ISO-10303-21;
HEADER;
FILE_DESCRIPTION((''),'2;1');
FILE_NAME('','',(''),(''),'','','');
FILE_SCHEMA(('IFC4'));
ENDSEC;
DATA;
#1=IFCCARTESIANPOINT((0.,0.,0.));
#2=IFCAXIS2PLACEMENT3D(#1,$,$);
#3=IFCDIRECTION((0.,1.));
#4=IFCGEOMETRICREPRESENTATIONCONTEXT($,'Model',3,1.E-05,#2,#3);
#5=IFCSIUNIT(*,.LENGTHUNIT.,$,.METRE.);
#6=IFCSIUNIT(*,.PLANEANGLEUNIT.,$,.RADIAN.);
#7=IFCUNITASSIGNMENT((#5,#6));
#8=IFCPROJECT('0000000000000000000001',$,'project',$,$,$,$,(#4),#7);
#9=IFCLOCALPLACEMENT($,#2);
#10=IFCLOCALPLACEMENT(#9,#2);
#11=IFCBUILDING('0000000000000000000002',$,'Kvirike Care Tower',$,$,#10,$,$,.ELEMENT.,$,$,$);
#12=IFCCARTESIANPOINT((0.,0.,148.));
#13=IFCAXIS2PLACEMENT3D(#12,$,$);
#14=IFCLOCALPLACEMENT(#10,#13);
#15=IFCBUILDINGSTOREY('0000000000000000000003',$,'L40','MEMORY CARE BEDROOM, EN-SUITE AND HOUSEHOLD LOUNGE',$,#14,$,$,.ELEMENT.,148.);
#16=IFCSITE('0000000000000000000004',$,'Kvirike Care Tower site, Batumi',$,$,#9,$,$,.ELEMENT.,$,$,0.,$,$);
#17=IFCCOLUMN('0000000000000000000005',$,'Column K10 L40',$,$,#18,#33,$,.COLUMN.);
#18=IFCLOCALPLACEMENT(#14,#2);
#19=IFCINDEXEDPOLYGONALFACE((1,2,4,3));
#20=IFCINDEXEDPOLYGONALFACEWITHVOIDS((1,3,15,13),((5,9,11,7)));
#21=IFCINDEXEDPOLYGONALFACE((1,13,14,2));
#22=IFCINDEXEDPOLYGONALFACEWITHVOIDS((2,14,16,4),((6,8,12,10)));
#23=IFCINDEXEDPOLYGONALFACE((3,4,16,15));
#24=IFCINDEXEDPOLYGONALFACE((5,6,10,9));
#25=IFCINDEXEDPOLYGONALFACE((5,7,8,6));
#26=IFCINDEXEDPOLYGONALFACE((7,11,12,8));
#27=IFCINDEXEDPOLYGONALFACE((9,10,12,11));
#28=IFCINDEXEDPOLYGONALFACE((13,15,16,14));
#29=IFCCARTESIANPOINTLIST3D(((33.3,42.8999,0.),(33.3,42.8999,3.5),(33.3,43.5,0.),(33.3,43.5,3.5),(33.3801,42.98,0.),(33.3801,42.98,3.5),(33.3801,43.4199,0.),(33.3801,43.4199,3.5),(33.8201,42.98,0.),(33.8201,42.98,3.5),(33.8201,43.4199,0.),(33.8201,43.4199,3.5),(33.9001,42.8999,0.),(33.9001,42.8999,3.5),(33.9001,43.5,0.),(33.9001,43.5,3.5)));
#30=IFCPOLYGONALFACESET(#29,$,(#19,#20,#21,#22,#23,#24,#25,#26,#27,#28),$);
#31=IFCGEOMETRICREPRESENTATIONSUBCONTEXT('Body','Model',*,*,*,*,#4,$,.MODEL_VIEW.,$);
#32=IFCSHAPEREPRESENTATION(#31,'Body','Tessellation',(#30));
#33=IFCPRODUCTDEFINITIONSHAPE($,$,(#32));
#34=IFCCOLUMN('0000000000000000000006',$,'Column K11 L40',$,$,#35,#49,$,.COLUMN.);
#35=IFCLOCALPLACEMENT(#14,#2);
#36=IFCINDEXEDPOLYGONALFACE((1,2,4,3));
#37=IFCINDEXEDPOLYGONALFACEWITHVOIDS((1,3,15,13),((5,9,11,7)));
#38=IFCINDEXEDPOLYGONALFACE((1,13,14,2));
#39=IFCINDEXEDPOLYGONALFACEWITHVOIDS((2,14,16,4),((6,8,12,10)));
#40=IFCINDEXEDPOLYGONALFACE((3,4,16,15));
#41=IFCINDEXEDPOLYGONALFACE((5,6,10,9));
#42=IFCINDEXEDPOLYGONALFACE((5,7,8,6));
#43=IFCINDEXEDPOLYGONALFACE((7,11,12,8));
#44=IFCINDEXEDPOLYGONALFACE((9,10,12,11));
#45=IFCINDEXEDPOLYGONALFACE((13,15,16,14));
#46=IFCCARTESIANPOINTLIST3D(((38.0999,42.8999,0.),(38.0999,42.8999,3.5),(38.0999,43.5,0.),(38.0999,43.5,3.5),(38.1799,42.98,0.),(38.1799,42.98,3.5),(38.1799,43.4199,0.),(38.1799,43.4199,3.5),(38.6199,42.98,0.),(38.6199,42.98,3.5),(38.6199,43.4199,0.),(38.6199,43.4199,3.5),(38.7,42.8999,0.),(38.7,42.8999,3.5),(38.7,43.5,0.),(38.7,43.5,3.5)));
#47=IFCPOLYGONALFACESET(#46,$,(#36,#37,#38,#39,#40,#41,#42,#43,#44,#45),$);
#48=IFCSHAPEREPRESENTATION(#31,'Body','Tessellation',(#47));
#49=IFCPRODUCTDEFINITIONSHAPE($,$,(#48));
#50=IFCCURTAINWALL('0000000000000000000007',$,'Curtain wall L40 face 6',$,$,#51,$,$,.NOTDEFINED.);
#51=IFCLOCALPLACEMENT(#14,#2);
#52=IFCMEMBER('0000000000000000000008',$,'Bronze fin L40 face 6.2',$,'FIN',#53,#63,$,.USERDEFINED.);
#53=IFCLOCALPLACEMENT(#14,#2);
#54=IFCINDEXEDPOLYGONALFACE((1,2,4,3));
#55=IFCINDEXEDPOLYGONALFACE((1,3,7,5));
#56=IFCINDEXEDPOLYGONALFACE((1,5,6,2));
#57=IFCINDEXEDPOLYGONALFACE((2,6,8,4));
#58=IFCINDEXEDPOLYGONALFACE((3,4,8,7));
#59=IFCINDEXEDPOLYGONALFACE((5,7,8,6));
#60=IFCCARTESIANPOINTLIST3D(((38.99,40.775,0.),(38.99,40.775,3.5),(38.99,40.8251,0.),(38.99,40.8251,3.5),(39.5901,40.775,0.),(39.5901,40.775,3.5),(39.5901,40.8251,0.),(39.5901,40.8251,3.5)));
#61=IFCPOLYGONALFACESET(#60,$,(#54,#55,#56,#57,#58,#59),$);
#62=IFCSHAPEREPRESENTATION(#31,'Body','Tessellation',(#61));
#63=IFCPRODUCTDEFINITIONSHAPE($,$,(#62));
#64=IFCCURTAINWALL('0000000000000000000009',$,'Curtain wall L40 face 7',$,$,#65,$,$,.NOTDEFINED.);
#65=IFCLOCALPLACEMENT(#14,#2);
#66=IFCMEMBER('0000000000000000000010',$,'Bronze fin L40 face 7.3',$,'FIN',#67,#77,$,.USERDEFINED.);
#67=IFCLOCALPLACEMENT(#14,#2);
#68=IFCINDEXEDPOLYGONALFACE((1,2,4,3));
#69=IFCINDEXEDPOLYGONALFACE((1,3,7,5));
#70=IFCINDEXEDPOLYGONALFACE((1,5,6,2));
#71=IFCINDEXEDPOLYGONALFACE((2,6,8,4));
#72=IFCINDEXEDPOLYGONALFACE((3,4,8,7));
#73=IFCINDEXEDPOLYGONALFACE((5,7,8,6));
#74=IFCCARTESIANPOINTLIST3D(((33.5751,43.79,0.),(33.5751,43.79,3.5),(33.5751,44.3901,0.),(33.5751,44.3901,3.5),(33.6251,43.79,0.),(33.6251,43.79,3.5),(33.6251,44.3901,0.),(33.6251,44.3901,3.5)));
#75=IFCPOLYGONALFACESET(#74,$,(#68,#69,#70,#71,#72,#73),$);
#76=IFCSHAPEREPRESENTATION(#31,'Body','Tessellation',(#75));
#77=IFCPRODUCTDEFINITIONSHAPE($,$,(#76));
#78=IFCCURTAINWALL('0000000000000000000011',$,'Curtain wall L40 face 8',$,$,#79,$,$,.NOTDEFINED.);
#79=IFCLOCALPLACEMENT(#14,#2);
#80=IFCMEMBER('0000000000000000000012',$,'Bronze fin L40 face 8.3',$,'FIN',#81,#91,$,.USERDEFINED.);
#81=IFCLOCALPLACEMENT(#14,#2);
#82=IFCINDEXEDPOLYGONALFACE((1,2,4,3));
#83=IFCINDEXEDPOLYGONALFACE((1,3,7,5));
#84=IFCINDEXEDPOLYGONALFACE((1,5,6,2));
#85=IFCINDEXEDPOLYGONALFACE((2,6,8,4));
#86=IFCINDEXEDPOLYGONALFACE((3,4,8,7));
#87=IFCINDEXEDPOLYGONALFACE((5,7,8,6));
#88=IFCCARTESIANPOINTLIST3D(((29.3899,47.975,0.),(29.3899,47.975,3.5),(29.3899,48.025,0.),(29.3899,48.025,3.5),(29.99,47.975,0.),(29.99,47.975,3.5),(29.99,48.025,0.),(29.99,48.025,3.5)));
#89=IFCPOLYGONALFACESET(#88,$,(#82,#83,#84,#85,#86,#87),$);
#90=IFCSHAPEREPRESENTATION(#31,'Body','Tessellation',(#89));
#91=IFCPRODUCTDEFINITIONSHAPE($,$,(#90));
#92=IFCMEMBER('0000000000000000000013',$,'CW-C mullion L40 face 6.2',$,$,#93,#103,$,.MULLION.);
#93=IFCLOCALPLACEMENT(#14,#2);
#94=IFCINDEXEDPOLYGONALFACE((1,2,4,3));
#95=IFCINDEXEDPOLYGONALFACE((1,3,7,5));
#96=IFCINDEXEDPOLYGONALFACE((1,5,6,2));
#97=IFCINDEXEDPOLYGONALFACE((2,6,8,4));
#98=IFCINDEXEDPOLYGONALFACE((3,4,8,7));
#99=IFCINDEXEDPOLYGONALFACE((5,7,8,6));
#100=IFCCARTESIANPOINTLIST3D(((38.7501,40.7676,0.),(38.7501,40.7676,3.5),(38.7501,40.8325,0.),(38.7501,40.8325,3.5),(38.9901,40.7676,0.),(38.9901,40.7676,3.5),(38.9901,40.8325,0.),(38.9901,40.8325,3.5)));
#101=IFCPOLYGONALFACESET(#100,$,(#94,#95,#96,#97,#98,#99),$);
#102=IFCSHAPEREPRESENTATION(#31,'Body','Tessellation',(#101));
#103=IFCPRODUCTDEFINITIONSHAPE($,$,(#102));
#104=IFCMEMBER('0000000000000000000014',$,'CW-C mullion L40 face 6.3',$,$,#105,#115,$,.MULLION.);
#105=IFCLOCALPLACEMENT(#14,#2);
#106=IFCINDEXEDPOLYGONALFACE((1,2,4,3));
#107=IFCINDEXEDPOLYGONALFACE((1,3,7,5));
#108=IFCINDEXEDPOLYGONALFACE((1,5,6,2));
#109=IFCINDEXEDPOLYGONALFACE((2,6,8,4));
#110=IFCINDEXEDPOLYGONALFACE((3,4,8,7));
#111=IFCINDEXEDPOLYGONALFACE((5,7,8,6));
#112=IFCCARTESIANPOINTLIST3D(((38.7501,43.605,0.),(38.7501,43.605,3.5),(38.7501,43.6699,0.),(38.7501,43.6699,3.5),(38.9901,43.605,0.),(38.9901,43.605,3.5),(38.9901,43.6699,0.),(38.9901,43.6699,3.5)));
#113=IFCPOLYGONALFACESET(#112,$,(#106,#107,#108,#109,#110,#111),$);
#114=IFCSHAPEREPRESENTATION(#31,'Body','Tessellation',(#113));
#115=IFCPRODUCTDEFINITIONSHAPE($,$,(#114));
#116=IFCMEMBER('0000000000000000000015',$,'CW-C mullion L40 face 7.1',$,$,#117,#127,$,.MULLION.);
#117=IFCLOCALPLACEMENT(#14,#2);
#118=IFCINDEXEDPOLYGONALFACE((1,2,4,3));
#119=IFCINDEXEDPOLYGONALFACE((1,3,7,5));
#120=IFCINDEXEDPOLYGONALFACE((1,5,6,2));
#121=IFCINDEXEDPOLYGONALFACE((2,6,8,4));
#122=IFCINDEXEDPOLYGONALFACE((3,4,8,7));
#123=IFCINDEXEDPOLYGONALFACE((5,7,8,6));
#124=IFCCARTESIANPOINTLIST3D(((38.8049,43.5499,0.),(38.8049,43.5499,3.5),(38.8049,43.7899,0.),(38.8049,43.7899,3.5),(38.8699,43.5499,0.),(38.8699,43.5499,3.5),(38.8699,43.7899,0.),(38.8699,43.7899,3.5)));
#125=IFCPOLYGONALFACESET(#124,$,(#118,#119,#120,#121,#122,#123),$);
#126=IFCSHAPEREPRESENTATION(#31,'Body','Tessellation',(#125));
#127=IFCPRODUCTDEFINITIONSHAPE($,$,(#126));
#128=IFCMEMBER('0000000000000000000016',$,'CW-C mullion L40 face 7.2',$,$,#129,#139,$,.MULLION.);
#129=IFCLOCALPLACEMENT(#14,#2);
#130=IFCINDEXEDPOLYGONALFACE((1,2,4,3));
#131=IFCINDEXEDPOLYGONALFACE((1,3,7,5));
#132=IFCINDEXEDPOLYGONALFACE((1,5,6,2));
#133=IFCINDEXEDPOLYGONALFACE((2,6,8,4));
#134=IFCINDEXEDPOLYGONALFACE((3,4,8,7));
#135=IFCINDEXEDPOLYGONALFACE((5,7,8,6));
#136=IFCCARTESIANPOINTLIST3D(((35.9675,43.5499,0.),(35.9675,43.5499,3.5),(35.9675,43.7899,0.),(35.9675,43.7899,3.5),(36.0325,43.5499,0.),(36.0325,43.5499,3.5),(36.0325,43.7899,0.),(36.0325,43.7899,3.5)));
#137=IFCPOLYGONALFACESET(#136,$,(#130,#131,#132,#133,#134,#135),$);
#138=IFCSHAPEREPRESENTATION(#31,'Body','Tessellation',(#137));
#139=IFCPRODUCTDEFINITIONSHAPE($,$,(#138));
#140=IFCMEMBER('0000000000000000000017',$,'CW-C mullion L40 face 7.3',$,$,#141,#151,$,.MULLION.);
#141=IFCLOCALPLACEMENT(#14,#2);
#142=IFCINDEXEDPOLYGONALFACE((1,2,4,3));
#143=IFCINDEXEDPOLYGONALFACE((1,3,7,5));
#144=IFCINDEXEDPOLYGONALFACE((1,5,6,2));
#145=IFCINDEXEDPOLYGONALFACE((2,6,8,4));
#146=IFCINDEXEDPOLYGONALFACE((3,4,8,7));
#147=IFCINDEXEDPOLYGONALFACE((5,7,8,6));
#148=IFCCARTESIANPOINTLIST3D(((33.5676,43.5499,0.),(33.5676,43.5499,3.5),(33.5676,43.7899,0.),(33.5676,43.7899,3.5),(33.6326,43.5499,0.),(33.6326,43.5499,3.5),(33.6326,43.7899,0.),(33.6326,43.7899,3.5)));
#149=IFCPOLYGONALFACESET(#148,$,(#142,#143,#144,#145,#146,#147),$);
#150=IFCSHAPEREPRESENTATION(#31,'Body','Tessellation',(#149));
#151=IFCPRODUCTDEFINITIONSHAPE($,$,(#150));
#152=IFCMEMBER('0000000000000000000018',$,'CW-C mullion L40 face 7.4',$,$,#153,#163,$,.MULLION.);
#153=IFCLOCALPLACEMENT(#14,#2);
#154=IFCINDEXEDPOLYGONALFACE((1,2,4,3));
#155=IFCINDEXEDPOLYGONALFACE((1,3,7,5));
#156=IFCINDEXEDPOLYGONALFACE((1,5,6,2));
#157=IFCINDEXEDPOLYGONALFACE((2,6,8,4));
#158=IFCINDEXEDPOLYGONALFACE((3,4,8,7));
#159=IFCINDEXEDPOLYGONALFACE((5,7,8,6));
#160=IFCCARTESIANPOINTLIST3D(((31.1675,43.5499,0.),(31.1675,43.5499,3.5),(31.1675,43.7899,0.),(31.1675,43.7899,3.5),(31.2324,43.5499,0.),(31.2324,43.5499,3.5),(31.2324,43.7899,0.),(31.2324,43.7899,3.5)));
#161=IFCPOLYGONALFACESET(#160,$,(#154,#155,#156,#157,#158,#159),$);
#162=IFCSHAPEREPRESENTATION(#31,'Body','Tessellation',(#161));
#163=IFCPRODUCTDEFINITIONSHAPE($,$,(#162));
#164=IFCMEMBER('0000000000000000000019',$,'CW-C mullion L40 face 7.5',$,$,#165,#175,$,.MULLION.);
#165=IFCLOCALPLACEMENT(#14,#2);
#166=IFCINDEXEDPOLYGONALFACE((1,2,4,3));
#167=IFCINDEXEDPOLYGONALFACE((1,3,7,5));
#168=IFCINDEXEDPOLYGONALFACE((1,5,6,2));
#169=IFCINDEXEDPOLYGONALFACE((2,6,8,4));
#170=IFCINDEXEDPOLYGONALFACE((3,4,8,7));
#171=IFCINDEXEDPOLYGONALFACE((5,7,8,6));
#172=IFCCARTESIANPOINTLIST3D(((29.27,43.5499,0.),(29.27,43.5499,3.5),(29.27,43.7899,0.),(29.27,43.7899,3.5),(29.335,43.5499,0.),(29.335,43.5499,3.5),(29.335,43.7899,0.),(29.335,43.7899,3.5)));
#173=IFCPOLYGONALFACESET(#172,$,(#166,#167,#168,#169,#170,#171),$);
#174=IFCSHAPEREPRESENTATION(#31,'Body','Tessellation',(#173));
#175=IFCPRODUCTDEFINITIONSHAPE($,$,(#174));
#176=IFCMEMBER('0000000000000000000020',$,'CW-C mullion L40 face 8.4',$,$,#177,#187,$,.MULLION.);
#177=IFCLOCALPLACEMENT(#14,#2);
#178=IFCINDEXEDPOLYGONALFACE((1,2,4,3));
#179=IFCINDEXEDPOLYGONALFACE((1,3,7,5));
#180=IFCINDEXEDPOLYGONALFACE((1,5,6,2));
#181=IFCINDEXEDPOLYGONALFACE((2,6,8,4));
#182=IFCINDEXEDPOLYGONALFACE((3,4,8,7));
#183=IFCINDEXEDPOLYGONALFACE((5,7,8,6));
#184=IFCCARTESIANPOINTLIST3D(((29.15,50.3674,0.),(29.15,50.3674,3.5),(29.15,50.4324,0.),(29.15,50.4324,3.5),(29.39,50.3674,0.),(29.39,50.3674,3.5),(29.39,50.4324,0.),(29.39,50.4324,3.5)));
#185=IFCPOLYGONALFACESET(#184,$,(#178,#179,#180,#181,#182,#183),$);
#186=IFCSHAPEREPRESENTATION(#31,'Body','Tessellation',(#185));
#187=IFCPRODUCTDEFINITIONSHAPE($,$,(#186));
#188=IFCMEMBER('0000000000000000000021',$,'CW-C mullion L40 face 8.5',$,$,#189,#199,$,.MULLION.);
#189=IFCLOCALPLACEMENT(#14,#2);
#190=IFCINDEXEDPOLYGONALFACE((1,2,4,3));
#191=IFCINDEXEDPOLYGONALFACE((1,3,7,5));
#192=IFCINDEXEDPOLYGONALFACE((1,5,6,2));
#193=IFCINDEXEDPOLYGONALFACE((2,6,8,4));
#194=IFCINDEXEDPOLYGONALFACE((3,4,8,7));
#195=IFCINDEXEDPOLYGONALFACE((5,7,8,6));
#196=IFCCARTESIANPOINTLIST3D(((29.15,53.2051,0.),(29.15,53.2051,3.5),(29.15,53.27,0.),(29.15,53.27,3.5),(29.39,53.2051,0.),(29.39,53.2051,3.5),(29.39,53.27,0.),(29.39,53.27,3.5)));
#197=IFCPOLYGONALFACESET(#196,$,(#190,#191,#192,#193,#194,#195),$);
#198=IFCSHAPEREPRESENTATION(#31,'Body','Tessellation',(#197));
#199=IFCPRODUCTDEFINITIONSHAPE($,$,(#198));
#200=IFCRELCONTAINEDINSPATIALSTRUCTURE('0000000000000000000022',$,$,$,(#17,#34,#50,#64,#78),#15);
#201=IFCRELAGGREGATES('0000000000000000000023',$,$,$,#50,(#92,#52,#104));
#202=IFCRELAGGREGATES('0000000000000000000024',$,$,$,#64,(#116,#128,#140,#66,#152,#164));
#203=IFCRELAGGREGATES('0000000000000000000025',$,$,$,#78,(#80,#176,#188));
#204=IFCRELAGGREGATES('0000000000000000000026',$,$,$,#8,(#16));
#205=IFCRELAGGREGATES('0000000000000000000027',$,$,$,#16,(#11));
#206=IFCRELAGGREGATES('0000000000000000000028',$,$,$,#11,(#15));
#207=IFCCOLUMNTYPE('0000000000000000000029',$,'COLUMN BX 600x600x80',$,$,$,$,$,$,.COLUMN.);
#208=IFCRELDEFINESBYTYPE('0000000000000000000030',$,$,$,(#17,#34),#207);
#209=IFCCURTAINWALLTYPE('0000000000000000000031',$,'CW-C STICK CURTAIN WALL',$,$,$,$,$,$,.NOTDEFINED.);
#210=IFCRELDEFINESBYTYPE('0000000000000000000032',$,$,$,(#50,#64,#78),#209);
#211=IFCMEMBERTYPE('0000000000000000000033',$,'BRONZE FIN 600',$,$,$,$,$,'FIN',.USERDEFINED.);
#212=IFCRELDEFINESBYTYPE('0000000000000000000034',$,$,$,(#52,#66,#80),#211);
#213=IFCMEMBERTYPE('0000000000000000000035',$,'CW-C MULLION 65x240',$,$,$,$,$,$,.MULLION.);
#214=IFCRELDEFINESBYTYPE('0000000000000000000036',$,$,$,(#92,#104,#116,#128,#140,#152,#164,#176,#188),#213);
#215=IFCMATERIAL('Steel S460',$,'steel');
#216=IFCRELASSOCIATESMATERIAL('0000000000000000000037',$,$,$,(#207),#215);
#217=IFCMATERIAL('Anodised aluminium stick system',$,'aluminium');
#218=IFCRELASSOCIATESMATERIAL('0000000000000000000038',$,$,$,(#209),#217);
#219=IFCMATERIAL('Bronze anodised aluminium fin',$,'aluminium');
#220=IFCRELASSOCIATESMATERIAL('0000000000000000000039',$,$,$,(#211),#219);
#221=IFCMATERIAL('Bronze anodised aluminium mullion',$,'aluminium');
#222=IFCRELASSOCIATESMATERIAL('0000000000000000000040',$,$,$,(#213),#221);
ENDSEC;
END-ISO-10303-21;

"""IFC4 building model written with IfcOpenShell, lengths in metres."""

from ifc_helpers import new_model, si_unit, direction, frame, origin, origin_2d, place, context, subcontext, project, spatial, rectangle, hollow_rectangle, extrude, material, material_profile, profile_set, type_object, element, aggregate, save


model = new_model("IFC4")

# Units and contexts
model_context = context("Model", 3, precision=1e-05, world=origin(), true_north=direction((0.0, 1.0)))
body_context = subcontext(model_context, "Body", "Model", "MODEL_VIEW")
ifc_project = project(units=[si_unit("LENGTHUNIT", "METRE"), si_unit("PLANEANGLEUNIT", "RADIAN")], contexts=[model_context])

# Site, building, storey
site_placement = place(None, origin())
site = spatial("IfcSite", under=ifc_project, at=site_placement, Name="Kvirike Care Tower site, Batumi", CompositionType="ELEMENT", RefElevation=0.0)
building_placement = place(site_placement, origin())
building = spatial("IfcBuilding", under=site, at=building_placement, Name="Kvirike Care Tower", CompositionType="ELEMENT")
storey_placement = place(building_placement, frame((0.0, 0.0, 148.0)))
storey = spatial("IfcBuildingStorey", under=building, at=storey_placement, Name="L40", Description="MEMORY CARE BEDROOM, EN-SUITE AND HOUSEHOLD LOUNGE", CompositionType="ELEMENT", Elevation=148.0)

# Columns
ifc_material_1 = material(Name="Steel S460", Category="steel")
ifc_material_profile_1 = material_profile(ifc_material_1, hollow_rectangle(XDim=0.6001, YDim=0.6001, WallThickness=0.0801, at=origin_2d()), Name="BX 600x600x80")
ifc_profile_set_1 = profile_set([ifc_material_profile_1], Name="Steel S460")
column_type = type_object("IfcColumnType", Name="COLUMN BX 600x600x80", PredefinedType="COLUMN", material=ifc_profile_set_1)
for number, where, z_axis, x_axis, name in (
    (1, (33.6001, 43.2, 0.0), (0.0, 0.0, 1.0), (0.0, 1.0, 0.0), "Column K10 L40"),
    (2, (38.3999, 43.2, 0.0), (0.0, 0.0, 1.0), (0.0, 1.0, 0.0), "Column K11 L40"),
):
    element("IfcColumn", number, at=place(storey_placement, frame(where, z_axis=z_axis, x_axis=x_axis)), inside=storey, type_object=column_type, Name=name, PredefinedType="COLUMN", context=body_context, shape_type="SweptSolid", body=[
        extrude(hollow_rectangle(XDim=0.6001, YDim=0.6001, WallThickness=0.0801, at=origin_2d()), origin(), (0.0, 0.0, 1.0), 3.5),
    ])

# Curtain walls, members
ifc_material_2 = material(Name="Anodised aluminium stick system", Category="aluminium")
curtain_wall_type = type_object("IfcCurtainWallType", Name="CW-C STICK CURTAIN WALL", PredefinedType="NOTDEFINED", material=ifc_material_2)
curtain_wall_1_placement = place(storey_placement, origin())
curtain_wall_1 = element("IfcCurtainWall", 3, at=curtain_wall_1_placement, inside=storey, type_object=curtain_wall_type, Name="Curtain wall L40 face 6", PredefinedType="NOTDEFINED")
ifc_material_3 = material(Name="Bronze anodised aluminium fin", Category="aluminium")
ifc_material_profile_2 = material_profile(ifc_material_3, rectangle(XDim=0.05, YDim=0.6001, at=origin_2d()), Name="BRONZE FIN 600")
ifc_profile_set_2 = profile_set([ifc_material_profile_2], Name="Bronze anodised aluminium fin")
member_type_1 = type_object("IfcMemberType", Name="BRONZE FIN 600", ElementType="FIN", PredefinedType="USERDEFINED", material=ifc_profile_set_2)
member_1_placement = place(storey_placement, frame((39.29, 40.8, 0.0), z_axis=(0.0, 0.0, 1.0), x_axis=(0.0, 1.0, 0.0)))
member_1 = element("IfcMember", 4, at=member_1_placement, type_object=member_type_1, Name="Bronze fin L40 face 6.2", ObjectType="FIN", PredefinedType="USERDEFINED", context=body_context, shape_type="SweptSolid", body=[
    extrude(rectangle(XDim=0.05, YDim=0.6001, at=origin_2d()), origin(), (0.0, 0.0, 1.0), 3.5),
])
curtain_wall_2_placement = place(storey_placement, origin())
curtain_wall_2 = element("IfcCurtainWall", 5, at=curtain_wall_2_placement, inside=storey, type_object=curtain_wall_type, Name="Curtain wall L40 face 7", PredefinedType="NOTDEFINED")
member_2_placement = place(storey_placement, frame((33.6001, 44.0901, 0.0), z_axis=(0.0, 0.0, 1.0), x_axis=(-1.0, 0.0, 0.0)))
member_2 = element("IfcMember", 6, at=member_2_placement, type_object=member_type_1, Name="Bronze fin L40 face 7.3", ObjectType="FIN", PredefinedType="USERDEFINED", context=body_context, shape_type="SweptSolid", body=[
    extrude(rectangle(XDim=0.05, YDim=0.6001, at=origin_2d()), origin(), (0.0, 0.0, 1.0), 3.5),
])
curtain_wall_3_placement = place(storey_placement, origin())
curtain_wall_3 = element("IfcCurtainWall", 7, at=curtain_wall_3_placement, inside=storey, type_object=curtain_wall_type, Name="Curtain wall L40 face 8", PredefinedType="NOTDEFINED")
member_3_placement = place(storey_placement, frame((29.6899, 48.0, 0.0), z_axis=(0.0, 0.0, 1.0), x_axis=(0.0, 1.0, 0.0)))
member_3 = element("IfcMember", 8, at=member_3_placement, type_object=member_type_1, Name="Bronze fin L40 face 8.3", ObjectType="FIN", PredefinedType="USERDEFINED", context=body_context, shape_type="SweptSolid", body=[
    extrude(rectangle(XDim=0.05, YDim=0.6001, at=origin_2d()), origin(), (0.0, 0.0, 1.0), 3.5),
])

# Members
ifc_material_4 = material(Name="Bronze anodised aluminium mullion", Category="aluminium")
ifc_material_profile_3 = material_profile(ifc_material_4, rectangle(XDim=0.0649, YDim=0.24, at=origin_2d()), Name="CW-C MULLION 65x240")
ifc_profile_set_3 = profile_set([ifc_material_profile_3], Name="Bronze anodised aluminium mullion")
member_type_2 = type_object("IfcMemberType", Name="CW-C MULLION 65x240", PredefinedType="MULLION", material=ifc_profile_set_3)
member_4_placement = place(storey_placement, frame((38.8701, 40.8, 0.0), z_axis=(0.0, 0.0, 1.0), x_axis=(0.0, 1.0, 0.0)))
member_4 = element("IfcMember", 9, at=member_4_placement, type_object=member_type_2, Name="CW-C mullion L40 face 6.2", PredefinedType="MULLION", context=body_context, shape_type="SweptSolid", body=[
    extrude(rectangle(XDim=0.0649, YDim=0.24, at=origin_2d()), origin(), (0.0, 0.0, 1.0), 3.5),
])
member_5_placement = place(storey_placement, frame((38.8701, 43.6375, 0.0), z_axis=(0.0, 0.0, 1.0), x_axis=(0.0, 1.0, 0.0)))
member_5 = element("IfcMember", 10, at=member_5_placement, type_object=member_type_2, Name="CW-C mullion L40 face 6.3", PredefinedType="MULLION", context=body_context, shape_type="SweptSolid", body=[
    extrude(rectangle(XDim=0.0649, YDim=0.24, at=origin_2d()), origin(), (0.0, 0.0, 1.0), 3.5),
])
member_6_placement = place(storey_placement, frame((38.8374, 43.6699, 0.0), z_axis=(0.0, 0.0, 1.0), x_axis=(-1.0, 0.0, 0.0)))
member_6 = element("IfcMember", 11, at=member_6_placement, type_object=member_type_2, Name="CW-C mullion L40 face 7.1", PredefinedType="MULLION", context=body_context, shape_type="SweptSolid", body=[
    extrude(rectangle(XDim=0.0649, YDim=0.24, at=origin_2d()), origin(), (0.0, 0.0, 1.0), 3.5),
])
member_7_placement = place(storey_placement, frame((36.0, 43.6699, 0.0), z_axis=(0.0, 0.0, 1.0), x_axis=(-1.0, 0.0, 0.0)))
member_7 = element("IfcMember", 12, at=member_7_placement, type_object=member_type_2, Name="CW-C mullion L40 face 7.2", PredefinedType="MULLION", context=body_context, shape_type="SweptSolid", body=[
    extrude(rectangle(XDim=0.0649, YDim=0.24, at=origin_2d()), origin(), (0.0, 0.0, 1.0), 3.5),
])
member_8_placement = place(storey_placement, frame((33.6001, 43.6699, 0.0), z_axis=(0.0, 0.0, 1.0), x_axis=(-1.0, 0.0, 0.0)))
member_8 = element("IfcMember", 13, at=member_8_placement, type_object=member_type_2, Name="CW-C mullion L40 face 7.3", PredefinedType="MULLION", context=body_context, shape_type="SweptSolid", body=[
    extrude(rectangle(XDim=0.0649, YDim=0.24, at=origin_2d()), origin(), (0.0, 0.0, 1.0), 3.5),
])
member_9_placement = place(storey_placement, frame((31.2, 43.6699, 0.0), z_axis=(0.0, 0.0, 1.0), x_axis=(-1.0, 0.0, 0.0)))
member_9 = element("IfcMember", 14, at=member_9_placement, type_object=member_type_2, Name="CW-C mullion L40 face 7.4", PredefinedType="MULLION", context=body_context, shape_type="SweptSolid", body=[
    extrude(rectangle(XDim=0.0649, YDim=0.24, at=origin_2d()), origin(), (0.0, 0.0, 1.0), 3.5),
])
member_10_placement = place(storey_placement, frame((29.3025, 43.6699, 0.0), z_axis=(0.0, 0.0, 1.0), x_axis=(-1.0, 0.0, 0.0)))
member_10 = element("IfcMember", 15, at=member_10_placement, type_object=member_type_2, Name="CW-C mullion L40 face 7.5", PredefinedType="MULLION", context=body_context, shape_type="SweptSolid", body=[
    extrude(rectangle(XDim=0.0649, YDim=0.24, at=origin_2d()), origin(), (0.0, 0.0, 1.0), 3.5),
])
member_11_placement = place(storey_placement, frame((29.27, 50.3999, 0.0), z_axis=(0.0, 0.0, 1.0), x_axis=(0.0, 1.0, 0.0)))
member_11 = element("IfcMember", 16, at=member_11_placement, type_object=member_type_2, Name="CW-C mullion L40 face 8.4", PredefinedType="MULLION", context=body_context, shape_type="SweptSolid", body=[
    extrude(rectangle(XDim=0.0649, YDim=0.24, at=origin_2d()), origin(), (0.0, 0.0, 1.0), 3.5),
])
member_12_placement = place(storey_placement, frame((29.27, 53.2375, 0.0), z_axis=(0.0, 0.0, 1.0), x_axis=(0.0, 1.0, 0.0)))
member_12 = element("IfcMember", 17, at=member_12_placement, type_object=member_type_2, Name="CW-C mullion L40 face 8.5", PredefinedType="MULLION", context=body_context, shape_type="SweptSolid", body=[
    extrude(rectangle(XDim=0.0649, YDim=0.24, at=origin_2d()), origin(), (0.0, 0.0, 1.0), 3.5),
])

aggregate(curtain_wall_1, [member_4, member_1, member_5])
aggregate(curtain_wall_2, [member_6, member_7, member_8, member_2, member_9, member_10])
aggregate(curtain_wall_3, [member_3, member_11, member_12])

save(model, "model.ifc")
